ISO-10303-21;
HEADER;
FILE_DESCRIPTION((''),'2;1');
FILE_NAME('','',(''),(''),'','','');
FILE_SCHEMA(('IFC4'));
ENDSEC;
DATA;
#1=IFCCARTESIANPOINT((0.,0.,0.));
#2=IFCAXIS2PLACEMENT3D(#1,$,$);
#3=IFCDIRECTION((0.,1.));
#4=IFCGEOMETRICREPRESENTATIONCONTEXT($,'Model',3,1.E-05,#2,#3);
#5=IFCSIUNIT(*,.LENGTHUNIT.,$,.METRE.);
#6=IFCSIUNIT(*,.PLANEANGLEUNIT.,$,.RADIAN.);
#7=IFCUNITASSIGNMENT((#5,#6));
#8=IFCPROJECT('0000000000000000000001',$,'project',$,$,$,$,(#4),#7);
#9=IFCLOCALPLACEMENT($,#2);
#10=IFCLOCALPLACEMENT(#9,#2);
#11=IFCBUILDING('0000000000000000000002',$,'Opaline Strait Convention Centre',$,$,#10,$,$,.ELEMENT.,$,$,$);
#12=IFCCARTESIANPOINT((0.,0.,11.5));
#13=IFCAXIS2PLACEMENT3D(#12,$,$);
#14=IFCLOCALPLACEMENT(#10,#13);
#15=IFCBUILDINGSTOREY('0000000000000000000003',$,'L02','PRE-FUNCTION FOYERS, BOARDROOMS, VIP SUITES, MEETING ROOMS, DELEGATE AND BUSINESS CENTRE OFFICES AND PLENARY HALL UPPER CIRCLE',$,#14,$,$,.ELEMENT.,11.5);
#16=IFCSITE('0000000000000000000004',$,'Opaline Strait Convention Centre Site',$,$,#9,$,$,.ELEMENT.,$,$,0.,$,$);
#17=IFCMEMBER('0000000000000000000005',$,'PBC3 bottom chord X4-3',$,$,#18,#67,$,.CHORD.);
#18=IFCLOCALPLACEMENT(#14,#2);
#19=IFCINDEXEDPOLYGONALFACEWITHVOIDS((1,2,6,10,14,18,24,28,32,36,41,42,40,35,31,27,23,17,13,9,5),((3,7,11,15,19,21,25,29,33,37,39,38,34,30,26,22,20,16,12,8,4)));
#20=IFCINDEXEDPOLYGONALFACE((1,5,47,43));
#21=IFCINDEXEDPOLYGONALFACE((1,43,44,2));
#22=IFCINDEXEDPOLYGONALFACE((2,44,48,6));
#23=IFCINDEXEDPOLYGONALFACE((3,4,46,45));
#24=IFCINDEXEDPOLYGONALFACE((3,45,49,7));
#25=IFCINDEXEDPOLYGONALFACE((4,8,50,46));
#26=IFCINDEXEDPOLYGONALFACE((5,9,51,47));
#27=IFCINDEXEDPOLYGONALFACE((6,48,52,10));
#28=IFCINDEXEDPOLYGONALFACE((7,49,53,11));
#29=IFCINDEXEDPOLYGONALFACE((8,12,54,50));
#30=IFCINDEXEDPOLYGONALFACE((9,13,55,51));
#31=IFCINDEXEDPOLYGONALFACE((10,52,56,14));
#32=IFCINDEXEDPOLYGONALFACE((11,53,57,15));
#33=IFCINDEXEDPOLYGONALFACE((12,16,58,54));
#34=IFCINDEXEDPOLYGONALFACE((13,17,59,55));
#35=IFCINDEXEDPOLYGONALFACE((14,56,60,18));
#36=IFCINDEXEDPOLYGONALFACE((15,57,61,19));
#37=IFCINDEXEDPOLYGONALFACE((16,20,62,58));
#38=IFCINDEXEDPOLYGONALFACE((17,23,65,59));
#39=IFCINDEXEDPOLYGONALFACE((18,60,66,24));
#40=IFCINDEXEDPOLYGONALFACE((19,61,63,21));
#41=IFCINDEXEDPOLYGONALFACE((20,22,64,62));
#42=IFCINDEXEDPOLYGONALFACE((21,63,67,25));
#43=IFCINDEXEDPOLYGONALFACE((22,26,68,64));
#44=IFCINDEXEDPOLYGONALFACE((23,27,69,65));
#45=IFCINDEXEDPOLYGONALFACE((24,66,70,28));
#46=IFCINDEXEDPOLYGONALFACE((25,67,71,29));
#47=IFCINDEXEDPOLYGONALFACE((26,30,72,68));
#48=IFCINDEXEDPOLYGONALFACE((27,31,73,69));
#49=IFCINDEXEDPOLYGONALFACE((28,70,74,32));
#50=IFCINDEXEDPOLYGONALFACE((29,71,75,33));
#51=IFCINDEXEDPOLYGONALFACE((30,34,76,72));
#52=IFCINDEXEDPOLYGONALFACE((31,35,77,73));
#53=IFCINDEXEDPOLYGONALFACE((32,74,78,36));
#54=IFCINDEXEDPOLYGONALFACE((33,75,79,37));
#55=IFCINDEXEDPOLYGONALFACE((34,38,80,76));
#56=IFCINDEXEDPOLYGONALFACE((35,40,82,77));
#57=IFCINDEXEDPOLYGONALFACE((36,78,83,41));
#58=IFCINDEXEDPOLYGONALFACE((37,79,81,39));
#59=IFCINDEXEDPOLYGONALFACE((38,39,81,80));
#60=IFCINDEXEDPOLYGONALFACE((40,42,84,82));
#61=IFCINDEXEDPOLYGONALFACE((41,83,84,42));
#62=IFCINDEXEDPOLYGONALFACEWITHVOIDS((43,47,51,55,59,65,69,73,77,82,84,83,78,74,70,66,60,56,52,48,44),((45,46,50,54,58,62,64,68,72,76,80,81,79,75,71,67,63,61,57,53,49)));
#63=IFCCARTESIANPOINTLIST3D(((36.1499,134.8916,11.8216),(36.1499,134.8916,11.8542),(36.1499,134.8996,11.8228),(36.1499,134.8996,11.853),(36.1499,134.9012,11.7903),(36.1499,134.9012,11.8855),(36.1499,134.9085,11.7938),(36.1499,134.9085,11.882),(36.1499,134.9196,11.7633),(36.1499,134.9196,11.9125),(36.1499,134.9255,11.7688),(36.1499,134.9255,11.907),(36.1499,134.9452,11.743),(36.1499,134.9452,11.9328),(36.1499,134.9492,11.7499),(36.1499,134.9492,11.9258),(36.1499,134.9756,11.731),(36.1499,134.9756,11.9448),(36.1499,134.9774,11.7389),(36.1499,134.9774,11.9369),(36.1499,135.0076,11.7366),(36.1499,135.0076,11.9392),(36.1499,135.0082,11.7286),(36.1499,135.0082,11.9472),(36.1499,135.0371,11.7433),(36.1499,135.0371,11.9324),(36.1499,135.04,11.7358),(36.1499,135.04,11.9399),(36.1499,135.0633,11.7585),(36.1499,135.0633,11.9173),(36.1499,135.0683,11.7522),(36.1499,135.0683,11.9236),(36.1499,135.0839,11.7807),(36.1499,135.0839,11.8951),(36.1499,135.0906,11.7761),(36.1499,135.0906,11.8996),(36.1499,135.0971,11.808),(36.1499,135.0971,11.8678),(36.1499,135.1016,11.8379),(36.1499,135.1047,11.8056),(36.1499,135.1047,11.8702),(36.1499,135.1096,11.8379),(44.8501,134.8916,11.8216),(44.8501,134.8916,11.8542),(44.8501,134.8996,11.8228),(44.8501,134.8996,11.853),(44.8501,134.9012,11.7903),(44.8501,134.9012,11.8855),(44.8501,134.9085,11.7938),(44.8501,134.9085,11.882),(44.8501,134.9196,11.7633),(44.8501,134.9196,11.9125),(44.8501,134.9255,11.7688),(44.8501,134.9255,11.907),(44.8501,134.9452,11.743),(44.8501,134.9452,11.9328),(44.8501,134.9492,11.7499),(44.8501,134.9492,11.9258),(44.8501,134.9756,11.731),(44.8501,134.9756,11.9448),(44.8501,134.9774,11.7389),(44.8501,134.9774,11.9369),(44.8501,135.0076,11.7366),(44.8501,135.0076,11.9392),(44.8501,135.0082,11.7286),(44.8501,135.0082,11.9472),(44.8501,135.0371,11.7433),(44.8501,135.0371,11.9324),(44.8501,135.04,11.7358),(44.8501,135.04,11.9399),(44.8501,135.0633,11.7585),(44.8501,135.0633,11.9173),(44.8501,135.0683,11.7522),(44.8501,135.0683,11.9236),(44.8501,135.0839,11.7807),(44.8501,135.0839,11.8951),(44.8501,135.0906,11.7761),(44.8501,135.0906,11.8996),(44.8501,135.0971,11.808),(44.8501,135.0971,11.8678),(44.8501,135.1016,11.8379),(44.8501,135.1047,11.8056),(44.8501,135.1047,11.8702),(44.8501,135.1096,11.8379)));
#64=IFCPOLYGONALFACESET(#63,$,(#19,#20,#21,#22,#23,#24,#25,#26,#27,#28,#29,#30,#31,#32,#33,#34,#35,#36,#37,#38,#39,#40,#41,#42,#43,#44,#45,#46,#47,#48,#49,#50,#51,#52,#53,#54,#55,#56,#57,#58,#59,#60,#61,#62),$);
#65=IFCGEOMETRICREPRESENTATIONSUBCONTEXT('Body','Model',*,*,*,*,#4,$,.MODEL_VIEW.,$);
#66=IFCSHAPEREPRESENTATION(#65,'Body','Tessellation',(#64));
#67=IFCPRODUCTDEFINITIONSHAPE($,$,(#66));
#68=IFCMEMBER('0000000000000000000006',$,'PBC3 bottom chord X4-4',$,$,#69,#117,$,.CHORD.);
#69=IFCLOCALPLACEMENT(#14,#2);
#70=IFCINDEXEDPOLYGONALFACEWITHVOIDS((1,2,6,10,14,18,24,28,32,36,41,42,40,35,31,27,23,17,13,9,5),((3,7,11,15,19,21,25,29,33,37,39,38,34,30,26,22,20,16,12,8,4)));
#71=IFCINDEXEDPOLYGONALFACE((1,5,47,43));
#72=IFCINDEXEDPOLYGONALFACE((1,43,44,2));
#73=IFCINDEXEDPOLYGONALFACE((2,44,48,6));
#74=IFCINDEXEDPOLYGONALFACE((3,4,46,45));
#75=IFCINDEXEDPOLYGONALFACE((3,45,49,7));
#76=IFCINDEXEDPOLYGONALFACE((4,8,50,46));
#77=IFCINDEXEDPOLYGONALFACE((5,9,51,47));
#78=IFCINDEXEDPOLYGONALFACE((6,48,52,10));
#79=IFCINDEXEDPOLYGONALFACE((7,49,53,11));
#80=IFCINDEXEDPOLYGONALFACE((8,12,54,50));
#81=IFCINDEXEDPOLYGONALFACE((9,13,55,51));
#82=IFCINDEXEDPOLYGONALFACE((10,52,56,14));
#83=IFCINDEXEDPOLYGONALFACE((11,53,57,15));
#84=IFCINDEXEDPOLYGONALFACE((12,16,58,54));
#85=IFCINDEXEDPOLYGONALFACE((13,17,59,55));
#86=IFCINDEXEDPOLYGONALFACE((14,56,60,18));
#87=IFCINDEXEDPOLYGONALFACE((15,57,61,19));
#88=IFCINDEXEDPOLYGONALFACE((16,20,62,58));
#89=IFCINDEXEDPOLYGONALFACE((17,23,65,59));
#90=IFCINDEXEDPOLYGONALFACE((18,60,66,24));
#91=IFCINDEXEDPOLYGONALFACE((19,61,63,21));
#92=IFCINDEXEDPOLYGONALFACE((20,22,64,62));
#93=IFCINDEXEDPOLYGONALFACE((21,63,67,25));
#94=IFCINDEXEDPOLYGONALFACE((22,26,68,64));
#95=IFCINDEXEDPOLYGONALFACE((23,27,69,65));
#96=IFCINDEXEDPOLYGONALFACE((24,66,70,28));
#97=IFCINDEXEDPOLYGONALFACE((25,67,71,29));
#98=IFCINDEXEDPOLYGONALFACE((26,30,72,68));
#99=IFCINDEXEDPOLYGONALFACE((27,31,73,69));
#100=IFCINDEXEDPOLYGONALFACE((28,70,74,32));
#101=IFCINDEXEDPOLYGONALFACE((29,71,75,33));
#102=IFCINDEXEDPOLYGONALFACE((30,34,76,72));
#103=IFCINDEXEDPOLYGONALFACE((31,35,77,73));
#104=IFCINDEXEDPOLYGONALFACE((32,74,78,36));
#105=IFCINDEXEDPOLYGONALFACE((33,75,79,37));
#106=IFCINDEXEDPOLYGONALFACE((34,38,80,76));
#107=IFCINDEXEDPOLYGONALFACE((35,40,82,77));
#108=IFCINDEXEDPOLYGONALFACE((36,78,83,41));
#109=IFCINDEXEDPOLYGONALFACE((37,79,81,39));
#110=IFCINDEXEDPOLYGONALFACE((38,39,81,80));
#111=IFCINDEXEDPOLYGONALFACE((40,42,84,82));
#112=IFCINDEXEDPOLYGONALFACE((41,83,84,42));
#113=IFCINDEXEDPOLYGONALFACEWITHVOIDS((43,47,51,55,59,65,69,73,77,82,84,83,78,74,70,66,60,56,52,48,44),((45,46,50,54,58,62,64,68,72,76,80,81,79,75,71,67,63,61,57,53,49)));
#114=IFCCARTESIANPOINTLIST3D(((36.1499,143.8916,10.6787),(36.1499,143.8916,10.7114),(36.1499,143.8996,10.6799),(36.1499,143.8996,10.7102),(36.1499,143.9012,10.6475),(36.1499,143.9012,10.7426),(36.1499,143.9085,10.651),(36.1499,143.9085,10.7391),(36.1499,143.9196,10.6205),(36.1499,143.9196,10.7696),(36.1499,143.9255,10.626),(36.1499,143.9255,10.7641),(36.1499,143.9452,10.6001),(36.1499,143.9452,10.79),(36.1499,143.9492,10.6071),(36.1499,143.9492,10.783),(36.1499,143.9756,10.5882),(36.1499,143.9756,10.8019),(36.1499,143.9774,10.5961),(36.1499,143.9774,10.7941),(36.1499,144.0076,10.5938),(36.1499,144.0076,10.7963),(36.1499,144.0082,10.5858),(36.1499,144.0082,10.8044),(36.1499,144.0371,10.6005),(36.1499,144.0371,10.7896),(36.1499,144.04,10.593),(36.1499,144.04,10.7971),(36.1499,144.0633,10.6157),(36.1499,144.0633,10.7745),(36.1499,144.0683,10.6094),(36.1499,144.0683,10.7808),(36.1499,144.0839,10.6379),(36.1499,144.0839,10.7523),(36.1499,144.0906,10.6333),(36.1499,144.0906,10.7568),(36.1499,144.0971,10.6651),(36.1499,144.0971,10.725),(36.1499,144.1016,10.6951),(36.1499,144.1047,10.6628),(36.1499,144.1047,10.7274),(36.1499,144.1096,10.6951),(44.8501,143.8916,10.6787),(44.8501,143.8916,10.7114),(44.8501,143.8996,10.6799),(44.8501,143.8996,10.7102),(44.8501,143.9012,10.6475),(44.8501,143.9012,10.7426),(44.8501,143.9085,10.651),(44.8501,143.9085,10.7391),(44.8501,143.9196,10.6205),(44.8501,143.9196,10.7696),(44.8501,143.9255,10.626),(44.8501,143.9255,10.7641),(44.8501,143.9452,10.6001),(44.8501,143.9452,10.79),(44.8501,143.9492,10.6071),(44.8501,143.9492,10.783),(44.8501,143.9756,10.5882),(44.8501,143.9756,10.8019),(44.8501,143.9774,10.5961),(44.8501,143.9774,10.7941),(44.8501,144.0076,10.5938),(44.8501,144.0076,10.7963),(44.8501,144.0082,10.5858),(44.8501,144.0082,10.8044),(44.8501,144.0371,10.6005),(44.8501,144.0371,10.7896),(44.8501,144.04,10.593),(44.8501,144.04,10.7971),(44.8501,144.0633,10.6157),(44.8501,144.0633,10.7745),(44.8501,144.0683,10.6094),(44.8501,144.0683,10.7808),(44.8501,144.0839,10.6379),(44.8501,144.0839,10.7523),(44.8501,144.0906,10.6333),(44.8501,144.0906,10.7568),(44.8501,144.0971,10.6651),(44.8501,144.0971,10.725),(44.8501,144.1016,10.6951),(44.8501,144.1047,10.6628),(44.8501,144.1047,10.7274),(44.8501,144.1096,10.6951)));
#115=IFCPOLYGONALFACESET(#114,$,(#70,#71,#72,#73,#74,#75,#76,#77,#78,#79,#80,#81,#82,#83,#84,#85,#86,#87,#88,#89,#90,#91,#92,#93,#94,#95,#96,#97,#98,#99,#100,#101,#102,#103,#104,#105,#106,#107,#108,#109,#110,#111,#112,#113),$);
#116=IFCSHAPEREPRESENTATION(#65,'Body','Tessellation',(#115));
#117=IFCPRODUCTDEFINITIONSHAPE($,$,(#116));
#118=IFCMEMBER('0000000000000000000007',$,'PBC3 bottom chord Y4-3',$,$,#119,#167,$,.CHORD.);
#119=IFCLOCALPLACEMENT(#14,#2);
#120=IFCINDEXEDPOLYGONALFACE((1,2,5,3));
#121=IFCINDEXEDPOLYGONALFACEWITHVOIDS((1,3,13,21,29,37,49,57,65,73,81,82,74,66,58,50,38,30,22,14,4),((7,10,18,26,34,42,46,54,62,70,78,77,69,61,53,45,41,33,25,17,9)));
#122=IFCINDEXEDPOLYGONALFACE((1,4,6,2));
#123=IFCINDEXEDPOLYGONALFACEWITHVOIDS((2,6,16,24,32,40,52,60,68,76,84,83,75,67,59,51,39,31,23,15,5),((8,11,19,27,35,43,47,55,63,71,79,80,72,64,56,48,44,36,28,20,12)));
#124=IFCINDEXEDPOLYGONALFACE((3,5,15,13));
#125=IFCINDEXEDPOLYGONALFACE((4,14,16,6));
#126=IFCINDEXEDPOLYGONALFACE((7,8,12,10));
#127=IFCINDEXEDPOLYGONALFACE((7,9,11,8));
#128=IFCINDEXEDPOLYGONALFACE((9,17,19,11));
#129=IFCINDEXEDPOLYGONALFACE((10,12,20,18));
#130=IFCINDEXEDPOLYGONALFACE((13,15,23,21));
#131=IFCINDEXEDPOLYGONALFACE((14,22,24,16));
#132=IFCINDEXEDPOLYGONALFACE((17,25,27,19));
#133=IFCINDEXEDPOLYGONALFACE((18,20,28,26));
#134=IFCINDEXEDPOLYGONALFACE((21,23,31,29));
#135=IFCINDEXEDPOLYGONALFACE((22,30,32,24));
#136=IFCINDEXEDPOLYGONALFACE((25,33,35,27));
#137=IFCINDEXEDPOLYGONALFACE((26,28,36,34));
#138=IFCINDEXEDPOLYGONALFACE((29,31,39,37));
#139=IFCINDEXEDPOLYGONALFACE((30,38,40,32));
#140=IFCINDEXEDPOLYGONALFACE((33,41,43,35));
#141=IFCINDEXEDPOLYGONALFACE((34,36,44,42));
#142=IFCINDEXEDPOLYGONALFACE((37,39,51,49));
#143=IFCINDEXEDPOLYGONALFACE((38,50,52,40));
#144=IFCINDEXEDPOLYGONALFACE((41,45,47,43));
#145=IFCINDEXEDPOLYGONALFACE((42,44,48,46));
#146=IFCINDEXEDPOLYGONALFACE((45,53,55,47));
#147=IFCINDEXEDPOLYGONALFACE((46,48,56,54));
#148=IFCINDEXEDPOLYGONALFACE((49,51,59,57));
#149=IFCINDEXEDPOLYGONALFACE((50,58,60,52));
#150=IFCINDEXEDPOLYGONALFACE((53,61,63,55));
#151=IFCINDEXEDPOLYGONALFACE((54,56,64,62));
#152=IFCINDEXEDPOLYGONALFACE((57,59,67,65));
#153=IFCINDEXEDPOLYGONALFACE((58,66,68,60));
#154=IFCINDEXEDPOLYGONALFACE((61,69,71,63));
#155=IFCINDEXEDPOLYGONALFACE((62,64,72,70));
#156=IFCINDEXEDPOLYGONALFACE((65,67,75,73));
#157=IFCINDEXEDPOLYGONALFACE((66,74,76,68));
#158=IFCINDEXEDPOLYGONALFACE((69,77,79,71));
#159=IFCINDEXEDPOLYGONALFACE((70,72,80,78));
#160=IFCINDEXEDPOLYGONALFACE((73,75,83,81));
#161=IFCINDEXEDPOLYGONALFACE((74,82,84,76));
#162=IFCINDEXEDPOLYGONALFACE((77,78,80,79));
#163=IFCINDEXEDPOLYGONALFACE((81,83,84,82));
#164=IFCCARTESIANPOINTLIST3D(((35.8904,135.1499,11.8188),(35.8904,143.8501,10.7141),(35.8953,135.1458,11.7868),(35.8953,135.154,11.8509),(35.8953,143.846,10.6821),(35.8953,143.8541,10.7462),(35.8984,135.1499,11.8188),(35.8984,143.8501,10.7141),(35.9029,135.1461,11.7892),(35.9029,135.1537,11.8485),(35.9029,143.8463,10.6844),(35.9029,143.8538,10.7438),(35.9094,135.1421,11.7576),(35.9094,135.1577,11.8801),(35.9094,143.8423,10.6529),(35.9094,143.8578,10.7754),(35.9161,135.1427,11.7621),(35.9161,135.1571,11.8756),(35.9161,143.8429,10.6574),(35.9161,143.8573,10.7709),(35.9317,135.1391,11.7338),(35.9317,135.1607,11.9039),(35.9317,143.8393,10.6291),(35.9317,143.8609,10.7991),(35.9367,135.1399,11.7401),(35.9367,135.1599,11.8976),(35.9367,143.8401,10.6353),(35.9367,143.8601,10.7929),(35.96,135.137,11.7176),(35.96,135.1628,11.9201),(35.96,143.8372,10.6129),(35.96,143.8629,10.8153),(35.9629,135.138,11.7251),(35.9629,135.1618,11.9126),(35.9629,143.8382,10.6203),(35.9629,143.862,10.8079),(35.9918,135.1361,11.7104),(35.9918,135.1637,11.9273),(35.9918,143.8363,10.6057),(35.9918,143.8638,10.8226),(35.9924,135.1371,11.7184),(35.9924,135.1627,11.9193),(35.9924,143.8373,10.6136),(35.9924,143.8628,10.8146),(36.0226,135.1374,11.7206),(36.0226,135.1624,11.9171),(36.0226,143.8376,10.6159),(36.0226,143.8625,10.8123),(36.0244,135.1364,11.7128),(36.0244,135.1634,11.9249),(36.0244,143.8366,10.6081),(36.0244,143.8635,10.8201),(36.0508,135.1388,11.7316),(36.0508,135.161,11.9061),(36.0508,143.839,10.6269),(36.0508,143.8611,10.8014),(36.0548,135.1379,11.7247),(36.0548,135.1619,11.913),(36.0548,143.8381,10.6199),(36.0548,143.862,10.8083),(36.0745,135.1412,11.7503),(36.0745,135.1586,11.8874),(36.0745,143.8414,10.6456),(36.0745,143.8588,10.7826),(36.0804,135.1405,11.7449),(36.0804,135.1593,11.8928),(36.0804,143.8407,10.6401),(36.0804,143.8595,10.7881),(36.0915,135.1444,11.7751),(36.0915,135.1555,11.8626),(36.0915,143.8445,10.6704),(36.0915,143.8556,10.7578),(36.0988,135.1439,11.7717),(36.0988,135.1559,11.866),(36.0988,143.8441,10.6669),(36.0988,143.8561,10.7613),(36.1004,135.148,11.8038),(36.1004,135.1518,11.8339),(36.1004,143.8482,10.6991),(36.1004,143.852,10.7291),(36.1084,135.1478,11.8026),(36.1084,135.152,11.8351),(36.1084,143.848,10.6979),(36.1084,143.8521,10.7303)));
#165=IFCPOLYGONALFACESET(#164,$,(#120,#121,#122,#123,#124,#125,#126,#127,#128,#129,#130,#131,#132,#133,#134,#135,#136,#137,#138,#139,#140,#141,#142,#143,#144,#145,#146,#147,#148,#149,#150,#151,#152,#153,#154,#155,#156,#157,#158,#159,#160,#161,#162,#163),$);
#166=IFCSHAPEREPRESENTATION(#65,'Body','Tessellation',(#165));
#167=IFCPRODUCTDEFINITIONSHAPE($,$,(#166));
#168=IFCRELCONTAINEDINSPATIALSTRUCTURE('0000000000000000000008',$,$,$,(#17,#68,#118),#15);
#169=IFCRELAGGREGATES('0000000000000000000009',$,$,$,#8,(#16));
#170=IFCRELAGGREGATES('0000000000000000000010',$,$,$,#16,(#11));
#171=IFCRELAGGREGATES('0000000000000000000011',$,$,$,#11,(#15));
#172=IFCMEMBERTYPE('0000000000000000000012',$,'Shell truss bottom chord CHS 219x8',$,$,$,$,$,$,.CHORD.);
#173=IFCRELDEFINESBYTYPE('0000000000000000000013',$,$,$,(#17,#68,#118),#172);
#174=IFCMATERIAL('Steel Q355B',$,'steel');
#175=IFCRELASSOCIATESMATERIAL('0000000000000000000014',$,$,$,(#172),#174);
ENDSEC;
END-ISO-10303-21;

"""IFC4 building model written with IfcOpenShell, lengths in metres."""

from ifc_helpers import new_model, si_unit, direction, frame, origin, origin_2d, place, context, subcontext, project, spatial, hollow_circle, extrude, material, material_profile, profile_set, type_object, element, save


model = new_model("IFC4")

# Units and contexts
model_context = context("Model", 3, precision=1e-05, world=origin(), true_north=direction((0.0, 1.0)))
body_context = subcontext(model_context, "Body", "Model", "MODEL_VIEW")
ifc_project = project(units=[si_unit("LENGTHUNIT", "METRE"), si_unit("PLANEANGLEUNIT", "RADIAN")], contexts=[model_context])

# Site, building, storey
site_placement = place(None, origin())
site = spatial("IfcSite", under=ifc_project, at=site_placement, Name="Opaline Strait Convention Centre Site", CompositionType="ELEMENT", RefElevation=0.0)
building_placement = place(site_placement, origin())
building = spatial("IfcBuilding", under=site, at=building_placement, Name="Opaline Strait Convention Centre", CompositionType="ELEMENT")
storey_placement = place(building_placement, frame((0.0, 0.0, 11.5)))
storey = spatial("IfcBuildingStorey", under=building, at=storey_placement, Name="L02", Description="PRE-FUNCTION FOYERS, BOARDROOMS, VIP SUITES, MEETING ROOMS, DELEGATE AND BUSINESS CENTRE OFFICES AND PLENARY HALL UPPER CIRCLE", CompositionType="ELEMENT", Elevation=11.5)

# Members
ifc_material_1 = material(Name="Steel Q355B", Category="steel")
ifc_material_profile_1 = material_profile(ifc_material_1, hollow_circle(Radius=0.1096, WallThickness=0.0081, at=origin_2d()), Name="CHS 219x8")
ifc_profile_set_1 = profile_set([ifc_material_profile_1], Name="Steel Q355B")
member_type_1 = type_object("IfcMemberType", Name="Shell truss bottom chord CHS 219x8", PredefinedType="CHORD", material=ifc_profile_set_1)
for number, where, z_axis, x_axis, name in (
    (1, (36.1499, 135.0, 11.8379), (1.0, 0.0, 0.0), (0.0, 1.0, 0.0), "PBC3 bottom chord X4-3"),
    (2, (36.1499, 144.0, 10.6951), (1.0, 0.0, 0.0), (0.0, 1.0, 0.0), "PBC3 bottom chord X4-4"),
):
    element("IfcMember", number, at=place(storey_placement, frame(where, z_axis=z_axis, x_axis=x_axis)), inside=storey, type_object=member_type_1, Name=name, PredefinedType="CHORD", context=body_context, shape_type="SweptSolid", body=[
        extrude(hollow_circle(Radius=0.1096, WallThickness=0.0081, at=origin_2d()), origin(), (0.0, 0.0, 1.0), 8.7002),
    ])
member_1_placement = place(storey_placement, frame((36.0, 135.1499, 11.8188), z_axis=(0.0, 0.992034, -0.125967), x_axis=(-1.0, 0.0, 0.0)))
element("IfcMember", 3, at=member_1_placement, inside=storey, type_object=member_type_1, Name="PBC3 bottom chord Y4-3", PredefinedType="CHORD", context=body_context, shape_type="SweptSolid", body=[
    extrude(hollow_circle(Radius=0.1096, WallThickness=0.0081, at=origin_2d()), origin(), (0.0, 0.0, 1.0), 8.77),
])

save(model, "model.ifc")
